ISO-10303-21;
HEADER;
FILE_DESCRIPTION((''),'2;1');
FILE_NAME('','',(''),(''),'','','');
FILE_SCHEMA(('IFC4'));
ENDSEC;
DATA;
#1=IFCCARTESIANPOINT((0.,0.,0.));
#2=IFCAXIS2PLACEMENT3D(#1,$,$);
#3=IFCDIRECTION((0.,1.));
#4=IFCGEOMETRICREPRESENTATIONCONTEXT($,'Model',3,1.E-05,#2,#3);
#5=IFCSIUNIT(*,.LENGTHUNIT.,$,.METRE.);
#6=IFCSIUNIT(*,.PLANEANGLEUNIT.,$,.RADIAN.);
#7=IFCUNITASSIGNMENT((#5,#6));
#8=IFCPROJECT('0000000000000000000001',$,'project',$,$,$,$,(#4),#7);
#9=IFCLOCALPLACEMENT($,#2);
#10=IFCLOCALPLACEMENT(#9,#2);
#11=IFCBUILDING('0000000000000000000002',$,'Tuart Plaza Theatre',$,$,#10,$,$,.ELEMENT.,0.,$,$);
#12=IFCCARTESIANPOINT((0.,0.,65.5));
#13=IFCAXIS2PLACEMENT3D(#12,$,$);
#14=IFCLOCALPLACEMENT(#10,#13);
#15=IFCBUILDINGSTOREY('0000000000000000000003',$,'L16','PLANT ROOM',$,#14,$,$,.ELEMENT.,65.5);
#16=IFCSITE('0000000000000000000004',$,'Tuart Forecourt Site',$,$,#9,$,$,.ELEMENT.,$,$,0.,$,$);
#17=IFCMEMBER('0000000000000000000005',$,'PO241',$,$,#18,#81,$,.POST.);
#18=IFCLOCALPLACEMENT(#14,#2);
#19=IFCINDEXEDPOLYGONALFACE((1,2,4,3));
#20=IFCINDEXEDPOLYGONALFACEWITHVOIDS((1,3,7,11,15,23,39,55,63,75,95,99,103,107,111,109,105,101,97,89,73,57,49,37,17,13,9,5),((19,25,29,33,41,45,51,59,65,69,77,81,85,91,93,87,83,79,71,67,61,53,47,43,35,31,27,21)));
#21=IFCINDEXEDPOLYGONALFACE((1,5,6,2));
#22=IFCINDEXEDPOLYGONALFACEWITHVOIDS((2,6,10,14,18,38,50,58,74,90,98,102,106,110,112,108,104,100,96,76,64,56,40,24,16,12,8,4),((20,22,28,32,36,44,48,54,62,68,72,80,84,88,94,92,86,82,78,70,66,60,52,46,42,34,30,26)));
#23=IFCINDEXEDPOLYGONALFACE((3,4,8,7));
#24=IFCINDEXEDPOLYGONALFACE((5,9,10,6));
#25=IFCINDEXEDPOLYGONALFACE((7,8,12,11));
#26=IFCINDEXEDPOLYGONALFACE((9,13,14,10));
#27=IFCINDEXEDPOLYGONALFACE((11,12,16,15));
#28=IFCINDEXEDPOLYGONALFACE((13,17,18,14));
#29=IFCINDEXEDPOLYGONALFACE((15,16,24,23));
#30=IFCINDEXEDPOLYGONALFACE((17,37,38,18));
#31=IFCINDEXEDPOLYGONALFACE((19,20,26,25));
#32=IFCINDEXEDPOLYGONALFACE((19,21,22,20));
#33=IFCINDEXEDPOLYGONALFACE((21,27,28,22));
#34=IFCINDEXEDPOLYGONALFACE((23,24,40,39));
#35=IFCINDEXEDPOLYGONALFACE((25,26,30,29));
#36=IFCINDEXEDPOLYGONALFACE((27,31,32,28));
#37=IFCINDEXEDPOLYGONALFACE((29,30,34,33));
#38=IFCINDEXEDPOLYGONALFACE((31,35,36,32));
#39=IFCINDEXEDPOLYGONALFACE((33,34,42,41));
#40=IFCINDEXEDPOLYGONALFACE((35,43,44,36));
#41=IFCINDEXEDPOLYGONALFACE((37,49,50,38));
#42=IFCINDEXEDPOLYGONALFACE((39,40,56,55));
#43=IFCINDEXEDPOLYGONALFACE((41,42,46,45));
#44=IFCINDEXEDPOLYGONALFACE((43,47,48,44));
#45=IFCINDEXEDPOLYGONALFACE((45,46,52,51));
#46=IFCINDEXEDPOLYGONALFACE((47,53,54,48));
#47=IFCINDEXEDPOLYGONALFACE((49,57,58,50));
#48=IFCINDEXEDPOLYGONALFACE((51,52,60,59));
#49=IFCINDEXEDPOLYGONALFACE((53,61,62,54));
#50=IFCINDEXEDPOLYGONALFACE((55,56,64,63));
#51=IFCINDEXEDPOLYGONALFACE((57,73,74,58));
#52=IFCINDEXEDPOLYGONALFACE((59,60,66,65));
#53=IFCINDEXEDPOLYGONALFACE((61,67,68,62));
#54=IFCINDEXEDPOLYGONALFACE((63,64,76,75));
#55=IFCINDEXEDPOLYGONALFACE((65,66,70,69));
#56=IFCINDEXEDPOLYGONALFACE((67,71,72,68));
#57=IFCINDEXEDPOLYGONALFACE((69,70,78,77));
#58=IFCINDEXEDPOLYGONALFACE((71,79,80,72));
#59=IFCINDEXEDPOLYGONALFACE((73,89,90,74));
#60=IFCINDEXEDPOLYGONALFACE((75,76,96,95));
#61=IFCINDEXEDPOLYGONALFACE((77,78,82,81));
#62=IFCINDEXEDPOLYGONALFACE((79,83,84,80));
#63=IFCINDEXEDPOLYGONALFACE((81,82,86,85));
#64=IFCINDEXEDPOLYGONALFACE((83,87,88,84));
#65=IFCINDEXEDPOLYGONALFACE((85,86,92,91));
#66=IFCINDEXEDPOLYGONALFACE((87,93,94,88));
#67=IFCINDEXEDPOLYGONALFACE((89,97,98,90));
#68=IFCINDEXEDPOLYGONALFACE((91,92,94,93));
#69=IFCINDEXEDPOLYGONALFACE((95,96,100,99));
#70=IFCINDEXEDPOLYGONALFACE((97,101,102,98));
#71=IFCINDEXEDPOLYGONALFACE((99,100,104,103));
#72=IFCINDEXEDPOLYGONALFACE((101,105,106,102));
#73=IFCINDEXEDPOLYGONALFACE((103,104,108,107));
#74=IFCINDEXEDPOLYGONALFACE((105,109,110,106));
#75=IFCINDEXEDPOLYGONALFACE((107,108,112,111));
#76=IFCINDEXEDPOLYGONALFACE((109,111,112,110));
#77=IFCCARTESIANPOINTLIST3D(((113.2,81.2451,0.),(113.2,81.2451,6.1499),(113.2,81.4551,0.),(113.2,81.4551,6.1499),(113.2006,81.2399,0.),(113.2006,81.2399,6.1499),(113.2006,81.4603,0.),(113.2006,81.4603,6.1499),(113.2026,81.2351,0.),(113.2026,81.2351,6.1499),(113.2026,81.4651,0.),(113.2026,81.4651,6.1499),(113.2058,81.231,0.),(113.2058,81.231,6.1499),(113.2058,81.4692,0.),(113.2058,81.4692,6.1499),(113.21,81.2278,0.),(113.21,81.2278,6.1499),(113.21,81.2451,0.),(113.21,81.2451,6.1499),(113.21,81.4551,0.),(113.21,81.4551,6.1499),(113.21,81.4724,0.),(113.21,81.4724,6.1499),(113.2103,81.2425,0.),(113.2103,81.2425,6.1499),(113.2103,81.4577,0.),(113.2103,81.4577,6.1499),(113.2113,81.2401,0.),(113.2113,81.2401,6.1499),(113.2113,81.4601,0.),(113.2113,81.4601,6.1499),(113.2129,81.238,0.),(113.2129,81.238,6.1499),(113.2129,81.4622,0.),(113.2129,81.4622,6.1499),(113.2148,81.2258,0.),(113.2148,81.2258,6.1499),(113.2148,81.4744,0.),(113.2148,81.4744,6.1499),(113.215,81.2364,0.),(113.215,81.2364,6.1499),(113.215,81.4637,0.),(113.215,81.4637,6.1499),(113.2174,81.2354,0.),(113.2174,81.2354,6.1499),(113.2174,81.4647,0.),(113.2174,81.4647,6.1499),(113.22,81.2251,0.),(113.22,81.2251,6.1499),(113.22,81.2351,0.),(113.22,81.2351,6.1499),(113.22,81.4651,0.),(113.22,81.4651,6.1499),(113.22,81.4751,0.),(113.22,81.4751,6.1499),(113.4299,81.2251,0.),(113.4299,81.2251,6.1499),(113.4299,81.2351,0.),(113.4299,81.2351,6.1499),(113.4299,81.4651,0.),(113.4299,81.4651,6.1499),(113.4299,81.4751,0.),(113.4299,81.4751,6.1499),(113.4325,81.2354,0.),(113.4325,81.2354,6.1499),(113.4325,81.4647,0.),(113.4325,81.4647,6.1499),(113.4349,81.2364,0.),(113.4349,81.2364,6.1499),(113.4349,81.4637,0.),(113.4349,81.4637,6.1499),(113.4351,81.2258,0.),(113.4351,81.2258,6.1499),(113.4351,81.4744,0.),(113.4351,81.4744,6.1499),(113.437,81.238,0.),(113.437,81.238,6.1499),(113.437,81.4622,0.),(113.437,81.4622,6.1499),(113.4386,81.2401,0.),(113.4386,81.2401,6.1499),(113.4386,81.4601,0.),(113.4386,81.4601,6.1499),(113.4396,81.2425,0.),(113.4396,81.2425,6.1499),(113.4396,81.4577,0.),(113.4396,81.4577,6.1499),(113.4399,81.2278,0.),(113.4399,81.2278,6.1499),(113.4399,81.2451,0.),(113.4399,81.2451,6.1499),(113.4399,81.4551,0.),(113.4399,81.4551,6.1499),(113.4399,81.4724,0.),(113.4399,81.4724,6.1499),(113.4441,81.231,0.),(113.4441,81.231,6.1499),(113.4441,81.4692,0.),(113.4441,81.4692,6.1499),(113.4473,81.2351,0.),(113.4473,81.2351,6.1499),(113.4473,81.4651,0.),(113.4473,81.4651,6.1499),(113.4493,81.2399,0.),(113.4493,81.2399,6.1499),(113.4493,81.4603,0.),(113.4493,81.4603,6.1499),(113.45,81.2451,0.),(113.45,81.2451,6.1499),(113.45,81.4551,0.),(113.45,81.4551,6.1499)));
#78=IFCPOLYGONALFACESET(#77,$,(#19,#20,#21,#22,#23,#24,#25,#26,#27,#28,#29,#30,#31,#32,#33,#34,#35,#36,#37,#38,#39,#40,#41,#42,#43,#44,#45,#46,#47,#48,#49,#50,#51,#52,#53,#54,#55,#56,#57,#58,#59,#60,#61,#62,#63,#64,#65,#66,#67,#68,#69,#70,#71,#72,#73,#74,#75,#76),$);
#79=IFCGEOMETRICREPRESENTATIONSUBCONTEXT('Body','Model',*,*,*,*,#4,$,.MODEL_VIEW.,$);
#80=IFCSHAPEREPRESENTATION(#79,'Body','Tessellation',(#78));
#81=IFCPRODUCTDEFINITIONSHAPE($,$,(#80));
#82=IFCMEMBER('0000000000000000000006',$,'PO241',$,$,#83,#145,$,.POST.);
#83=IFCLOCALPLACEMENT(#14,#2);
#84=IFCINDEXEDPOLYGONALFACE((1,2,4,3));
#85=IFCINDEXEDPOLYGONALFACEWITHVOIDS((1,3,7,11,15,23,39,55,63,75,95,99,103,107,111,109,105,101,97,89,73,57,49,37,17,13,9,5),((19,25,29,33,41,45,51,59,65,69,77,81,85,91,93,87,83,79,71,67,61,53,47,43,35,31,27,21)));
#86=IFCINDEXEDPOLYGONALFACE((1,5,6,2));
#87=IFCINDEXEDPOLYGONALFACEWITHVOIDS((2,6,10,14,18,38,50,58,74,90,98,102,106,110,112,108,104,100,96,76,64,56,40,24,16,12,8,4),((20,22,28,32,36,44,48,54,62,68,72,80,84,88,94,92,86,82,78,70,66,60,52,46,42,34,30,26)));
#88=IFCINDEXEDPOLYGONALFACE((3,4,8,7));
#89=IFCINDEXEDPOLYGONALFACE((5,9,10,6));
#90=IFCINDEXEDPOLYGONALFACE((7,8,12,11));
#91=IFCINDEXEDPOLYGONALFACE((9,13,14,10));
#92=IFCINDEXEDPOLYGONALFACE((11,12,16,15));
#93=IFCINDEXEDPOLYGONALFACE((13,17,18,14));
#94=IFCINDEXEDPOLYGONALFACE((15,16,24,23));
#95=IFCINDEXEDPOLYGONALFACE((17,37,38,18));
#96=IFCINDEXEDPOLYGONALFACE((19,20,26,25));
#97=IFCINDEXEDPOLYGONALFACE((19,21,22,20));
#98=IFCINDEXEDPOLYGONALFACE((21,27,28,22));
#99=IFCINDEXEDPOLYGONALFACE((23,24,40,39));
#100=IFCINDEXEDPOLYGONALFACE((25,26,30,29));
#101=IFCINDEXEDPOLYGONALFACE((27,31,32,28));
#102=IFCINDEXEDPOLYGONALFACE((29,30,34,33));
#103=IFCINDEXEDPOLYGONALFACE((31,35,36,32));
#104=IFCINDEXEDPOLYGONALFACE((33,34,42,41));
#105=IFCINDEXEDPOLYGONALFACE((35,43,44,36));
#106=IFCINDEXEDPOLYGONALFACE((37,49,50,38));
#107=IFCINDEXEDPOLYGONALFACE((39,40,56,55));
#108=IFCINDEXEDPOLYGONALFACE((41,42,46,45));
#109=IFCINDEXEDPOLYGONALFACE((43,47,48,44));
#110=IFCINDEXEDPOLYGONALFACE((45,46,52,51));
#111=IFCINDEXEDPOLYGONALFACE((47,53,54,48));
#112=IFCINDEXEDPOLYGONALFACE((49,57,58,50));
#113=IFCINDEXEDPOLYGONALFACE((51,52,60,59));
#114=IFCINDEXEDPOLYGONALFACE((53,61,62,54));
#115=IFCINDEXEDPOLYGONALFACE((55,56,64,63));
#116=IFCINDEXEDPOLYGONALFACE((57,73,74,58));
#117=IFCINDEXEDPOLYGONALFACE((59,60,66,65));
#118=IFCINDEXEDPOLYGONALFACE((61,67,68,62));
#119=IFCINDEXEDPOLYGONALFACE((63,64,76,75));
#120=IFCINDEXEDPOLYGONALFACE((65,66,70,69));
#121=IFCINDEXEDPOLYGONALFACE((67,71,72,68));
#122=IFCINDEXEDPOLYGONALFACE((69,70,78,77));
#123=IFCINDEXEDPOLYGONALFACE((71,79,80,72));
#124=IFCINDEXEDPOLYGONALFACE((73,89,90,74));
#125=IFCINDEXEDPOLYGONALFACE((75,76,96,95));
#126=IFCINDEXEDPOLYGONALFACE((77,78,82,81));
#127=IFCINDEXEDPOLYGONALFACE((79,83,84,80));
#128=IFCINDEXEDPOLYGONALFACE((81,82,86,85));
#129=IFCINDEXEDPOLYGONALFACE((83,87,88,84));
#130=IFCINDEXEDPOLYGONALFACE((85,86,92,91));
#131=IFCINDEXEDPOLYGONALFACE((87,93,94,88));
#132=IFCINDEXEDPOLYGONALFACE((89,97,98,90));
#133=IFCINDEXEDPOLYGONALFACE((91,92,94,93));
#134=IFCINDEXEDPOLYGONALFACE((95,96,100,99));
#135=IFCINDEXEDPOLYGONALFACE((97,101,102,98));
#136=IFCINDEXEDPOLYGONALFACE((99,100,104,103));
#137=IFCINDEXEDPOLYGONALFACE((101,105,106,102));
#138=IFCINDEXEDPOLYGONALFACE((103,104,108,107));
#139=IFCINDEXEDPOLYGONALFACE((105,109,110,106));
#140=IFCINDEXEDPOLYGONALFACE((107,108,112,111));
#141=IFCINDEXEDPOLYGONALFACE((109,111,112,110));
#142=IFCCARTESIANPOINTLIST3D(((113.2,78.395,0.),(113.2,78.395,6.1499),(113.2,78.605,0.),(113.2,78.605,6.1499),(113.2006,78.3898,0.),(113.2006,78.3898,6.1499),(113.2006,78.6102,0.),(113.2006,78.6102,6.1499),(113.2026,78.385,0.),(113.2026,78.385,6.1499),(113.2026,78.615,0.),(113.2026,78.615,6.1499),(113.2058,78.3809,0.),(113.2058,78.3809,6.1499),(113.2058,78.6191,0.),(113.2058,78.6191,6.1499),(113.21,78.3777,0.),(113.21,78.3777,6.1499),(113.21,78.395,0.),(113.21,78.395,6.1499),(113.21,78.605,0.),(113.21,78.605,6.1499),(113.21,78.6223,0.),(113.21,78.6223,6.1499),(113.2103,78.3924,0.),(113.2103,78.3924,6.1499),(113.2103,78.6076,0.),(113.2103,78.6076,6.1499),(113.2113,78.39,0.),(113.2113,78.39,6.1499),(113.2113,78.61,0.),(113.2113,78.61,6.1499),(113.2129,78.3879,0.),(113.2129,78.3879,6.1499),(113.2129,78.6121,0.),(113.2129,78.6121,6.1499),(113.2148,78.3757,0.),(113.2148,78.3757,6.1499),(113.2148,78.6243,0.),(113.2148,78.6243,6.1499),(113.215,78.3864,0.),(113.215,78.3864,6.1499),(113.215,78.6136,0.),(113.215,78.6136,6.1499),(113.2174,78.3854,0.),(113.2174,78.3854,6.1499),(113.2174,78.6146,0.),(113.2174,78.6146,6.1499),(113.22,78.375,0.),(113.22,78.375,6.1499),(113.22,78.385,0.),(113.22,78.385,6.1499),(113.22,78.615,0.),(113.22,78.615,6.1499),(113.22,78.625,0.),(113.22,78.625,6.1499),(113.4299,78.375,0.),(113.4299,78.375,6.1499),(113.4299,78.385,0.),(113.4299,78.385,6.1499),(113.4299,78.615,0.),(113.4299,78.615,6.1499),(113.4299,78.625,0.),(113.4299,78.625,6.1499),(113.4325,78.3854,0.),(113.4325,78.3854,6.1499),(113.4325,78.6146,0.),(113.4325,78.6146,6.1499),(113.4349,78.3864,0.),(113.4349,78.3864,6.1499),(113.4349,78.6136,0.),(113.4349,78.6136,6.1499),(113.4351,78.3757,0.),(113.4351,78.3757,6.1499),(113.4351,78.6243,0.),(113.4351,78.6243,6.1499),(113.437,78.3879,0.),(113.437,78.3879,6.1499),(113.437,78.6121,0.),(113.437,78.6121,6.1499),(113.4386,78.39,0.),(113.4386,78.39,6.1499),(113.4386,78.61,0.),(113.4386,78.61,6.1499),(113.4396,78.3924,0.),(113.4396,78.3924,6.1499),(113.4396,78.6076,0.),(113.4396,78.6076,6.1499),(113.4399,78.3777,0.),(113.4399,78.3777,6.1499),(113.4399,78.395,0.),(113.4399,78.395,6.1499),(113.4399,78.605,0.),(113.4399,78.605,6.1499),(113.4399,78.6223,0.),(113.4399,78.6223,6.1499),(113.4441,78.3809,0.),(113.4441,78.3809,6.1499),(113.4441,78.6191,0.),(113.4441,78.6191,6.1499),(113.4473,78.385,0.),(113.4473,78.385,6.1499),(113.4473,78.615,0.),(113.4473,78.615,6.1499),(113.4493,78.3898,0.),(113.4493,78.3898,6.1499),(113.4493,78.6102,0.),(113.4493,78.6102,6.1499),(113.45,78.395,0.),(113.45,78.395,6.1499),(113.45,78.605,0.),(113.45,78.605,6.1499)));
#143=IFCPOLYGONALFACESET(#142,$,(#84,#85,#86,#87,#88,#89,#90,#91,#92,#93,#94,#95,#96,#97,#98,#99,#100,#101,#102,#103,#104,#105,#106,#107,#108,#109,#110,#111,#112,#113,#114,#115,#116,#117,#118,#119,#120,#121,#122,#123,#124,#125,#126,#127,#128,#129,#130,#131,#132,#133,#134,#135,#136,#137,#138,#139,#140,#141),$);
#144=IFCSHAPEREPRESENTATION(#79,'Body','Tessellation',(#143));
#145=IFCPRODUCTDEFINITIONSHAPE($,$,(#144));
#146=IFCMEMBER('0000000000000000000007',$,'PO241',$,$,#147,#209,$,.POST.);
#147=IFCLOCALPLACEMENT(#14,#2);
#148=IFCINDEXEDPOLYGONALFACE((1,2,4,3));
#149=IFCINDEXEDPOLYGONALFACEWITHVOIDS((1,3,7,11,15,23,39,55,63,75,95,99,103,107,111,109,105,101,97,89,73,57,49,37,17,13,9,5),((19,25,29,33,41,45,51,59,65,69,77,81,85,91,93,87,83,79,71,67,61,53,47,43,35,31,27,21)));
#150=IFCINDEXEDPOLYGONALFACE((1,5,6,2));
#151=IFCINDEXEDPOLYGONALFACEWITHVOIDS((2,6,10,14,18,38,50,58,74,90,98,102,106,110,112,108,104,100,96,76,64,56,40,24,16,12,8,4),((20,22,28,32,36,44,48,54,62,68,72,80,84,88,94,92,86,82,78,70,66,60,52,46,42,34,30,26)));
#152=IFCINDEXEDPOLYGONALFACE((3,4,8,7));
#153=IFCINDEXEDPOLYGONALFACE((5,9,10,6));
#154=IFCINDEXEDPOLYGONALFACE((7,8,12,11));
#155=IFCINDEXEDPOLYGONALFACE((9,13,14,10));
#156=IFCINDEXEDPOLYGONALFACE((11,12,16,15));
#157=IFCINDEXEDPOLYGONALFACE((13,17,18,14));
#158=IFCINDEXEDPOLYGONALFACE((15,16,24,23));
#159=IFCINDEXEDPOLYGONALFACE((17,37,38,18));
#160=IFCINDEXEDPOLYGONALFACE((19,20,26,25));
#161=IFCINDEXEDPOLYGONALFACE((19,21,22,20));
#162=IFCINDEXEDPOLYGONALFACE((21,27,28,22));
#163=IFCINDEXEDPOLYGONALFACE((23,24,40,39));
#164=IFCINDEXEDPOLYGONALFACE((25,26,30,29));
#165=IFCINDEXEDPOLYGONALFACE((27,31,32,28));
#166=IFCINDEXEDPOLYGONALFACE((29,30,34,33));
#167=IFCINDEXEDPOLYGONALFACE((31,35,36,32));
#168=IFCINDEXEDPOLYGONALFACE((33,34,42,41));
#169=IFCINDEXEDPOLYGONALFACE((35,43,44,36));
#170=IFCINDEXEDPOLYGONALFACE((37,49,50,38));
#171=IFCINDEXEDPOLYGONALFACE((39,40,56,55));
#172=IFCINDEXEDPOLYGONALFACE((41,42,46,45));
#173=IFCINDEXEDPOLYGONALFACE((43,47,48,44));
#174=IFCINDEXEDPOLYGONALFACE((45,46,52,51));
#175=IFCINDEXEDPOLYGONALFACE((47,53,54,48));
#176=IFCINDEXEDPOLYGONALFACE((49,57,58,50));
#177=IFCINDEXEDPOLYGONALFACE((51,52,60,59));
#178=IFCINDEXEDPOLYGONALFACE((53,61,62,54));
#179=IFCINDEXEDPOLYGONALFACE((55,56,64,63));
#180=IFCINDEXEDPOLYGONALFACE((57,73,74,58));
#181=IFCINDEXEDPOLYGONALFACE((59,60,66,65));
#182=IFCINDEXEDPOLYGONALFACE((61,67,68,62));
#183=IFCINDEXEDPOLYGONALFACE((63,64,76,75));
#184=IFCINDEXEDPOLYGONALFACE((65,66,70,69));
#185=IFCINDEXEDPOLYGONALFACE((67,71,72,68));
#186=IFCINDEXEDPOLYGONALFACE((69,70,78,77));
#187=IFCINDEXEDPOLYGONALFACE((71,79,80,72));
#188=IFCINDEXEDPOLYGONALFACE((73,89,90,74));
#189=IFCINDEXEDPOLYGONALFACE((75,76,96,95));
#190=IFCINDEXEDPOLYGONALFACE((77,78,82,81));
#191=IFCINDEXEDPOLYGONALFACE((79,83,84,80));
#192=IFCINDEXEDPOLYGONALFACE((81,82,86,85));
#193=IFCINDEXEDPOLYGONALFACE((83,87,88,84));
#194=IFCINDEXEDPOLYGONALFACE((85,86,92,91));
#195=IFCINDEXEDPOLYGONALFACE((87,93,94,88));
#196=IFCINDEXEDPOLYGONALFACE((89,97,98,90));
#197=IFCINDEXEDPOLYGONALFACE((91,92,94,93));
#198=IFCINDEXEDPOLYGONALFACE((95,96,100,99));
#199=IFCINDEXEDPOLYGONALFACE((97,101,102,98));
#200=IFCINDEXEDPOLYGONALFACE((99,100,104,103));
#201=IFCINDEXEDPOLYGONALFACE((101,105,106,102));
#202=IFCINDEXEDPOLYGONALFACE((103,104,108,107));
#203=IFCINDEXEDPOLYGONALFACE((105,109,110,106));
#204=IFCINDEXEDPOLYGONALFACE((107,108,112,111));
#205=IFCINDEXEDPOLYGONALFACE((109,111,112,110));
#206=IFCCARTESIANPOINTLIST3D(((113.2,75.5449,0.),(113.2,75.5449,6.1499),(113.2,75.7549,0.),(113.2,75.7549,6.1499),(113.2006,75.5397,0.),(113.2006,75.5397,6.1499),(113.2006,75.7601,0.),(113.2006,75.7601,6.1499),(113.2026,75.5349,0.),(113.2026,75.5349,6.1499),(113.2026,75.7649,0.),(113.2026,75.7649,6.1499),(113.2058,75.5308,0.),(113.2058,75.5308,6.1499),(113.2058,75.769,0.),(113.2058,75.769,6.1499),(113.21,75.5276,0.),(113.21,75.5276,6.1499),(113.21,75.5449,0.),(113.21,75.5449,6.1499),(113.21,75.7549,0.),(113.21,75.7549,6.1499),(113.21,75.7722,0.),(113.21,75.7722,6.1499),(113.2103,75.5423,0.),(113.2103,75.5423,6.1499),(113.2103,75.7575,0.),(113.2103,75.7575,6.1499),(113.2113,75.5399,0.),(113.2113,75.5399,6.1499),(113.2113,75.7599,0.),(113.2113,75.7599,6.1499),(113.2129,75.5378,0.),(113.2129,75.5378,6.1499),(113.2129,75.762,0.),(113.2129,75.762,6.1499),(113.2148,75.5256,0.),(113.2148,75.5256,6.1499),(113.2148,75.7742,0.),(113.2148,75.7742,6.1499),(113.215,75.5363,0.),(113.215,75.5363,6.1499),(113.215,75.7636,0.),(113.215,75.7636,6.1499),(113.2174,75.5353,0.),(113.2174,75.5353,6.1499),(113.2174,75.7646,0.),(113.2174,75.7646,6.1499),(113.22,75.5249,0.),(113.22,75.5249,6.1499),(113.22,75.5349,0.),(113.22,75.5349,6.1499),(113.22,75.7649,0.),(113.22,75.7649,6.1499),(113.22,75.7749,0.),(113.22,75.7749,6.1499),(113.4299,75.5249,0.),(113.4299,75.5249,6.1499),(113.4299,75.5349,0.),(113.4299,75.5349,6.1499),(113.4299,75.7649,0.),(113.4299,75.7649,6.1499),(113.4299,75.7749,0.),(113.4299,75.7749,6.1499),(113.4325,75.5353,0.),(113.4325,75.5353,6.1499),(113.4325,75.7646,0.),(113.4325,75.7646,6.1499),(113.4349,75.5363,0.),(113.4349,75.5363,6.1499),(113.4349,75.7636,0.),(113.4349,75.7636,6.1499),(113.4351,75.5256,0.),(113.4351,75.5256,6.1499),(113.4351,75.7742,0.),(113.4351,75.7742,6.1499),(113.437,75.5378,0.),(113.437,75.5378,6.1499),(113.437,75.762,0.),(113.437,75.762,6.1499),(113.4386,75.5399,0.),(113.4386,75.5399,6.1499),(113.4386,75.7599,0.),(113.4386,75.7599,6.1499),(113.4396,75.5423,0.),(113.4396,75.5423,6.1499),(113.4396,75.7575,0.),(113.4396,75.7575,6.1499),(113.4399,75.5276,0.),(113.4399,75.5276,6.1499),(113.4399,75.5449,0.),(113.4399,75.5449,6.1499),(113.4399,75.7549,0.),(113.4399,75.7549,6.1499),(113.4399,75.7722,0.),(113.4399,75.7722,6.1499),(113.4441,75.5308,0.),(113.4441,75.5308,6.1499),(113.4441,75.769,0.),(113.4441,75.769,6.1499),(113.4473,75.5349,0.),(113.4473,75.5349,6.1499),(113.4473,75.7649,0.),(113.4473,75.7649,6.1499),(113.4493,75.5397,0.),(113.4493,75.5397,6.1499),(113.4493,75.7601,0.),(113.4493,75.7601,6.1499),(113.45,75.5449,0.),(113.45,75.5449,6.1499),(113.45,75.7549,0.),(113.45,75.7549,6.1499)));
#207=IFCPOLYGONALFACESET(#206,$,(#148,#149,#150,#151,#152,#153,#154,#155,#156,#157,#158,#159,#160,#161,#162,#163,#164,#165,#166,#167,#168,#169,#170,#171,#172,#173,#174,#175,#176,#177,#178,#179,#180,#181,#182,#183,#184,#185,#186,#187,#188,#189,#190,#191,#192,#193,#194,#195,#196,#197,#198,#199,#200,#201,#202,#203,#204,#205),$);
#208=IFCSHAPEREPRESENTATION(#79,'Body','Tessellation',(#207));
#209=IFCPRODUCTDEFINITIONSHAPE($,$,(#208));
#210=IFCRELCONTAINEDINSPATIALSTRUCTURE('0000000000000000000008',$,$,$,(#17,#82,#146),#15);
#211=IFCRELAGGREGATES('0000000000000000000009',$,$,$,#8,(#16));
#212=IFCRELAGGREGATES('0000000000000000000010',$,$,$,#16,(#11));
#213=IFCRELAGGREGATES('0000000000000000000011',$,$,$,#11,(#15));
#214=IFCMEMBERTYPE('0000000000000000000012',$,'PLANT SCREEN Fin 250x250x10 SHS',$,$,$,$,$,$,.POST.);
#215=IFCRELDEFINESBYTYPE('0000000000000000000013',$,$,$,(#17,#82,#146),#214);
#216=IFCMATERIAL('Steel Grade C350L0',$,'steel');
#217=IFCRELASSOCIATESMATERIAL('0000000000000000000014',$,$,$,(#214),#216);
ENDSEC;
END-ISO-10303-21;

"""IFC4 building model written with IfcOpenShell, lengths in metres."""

from ifc_helpers import new_model, si_unit, direction, frame, origin, origin_2d, place, context, subcontext, project, spatial, hollow_rectangle, extrude, material, material_profile, profile_set, type_object, element, save


model = new_model("IFC4")

# Units and contexts
model_context = context("Model", 3, precision=1e-05, world=origin(), true_north=direction((0.0, 1.0)))
body_context = subcontext(model_context, "Body", "Model", "MODEL_VIEW")
ifc_project = project(units=[si_unit("LENGTHUNIT", "METRE"), si_unit("PLANEANGLEUNIT", "RADIAN")], contexts=[model_context])

# Site, building, storey
site_placement = place(None, origin())
site = spatial("IfcSite", under=ifc_project, at=site_placement, Name="Tuart Forecourt Site", CompositionType="ELEMENT", RefElevation=0.0)
building_placement = place(site_placement, origin())
building = spatial("IfcBuilding", under=site, at=building_placement, Name="Tuart Plaza Theatre", CompositionType="ELEMENT", ElevationOfRefHeight=0.0)
storey_placement = place(building_placement, frame((0.0, 0.0, 65.5)))
storey = spatial("IfcBuildingStorey", under=building, at=storey_placement, Name="L16", Description="PLANT ROOM", CompositionType="ELEMENT", Elevation=65.5)

# Members
ifc_material_1 = material(Name="Steel Grade C350L0", Category="steel")
ifc_material_profile = material_profile(ifc_material_1, hollow_rectangle(XDim=0.25, YDim=0.25, WallThickness=0.01, InnerFilletRadius=0.01, OuterFilletRadius=0.02, at=origin_2d()), Name="250x250x10 SHS")
ifc_profile_set = profile_set([ifc_material_profile], Name="Steel Grade C350L0")
member_type = type_object("IfcMemberType", Name="PLANT SCREEN Fin 250x250x10 SHS", PredefinedType="POST", material=ifc_profile_set)
for number, where, z_axis, x_axis, name in (
    (1, (113.325, 81.3501, 0.0), (0.0, 0.0, 1.0), (1.0, 0.0, 0.0), "PO241"),
    (2, (113.325, 78.5, 0.0), (0.0, 0.0, 1.0), (1.0, 0.0, 0.0), "PO241"),
    (3, (113.325, 75.6499, 0.0), (0.0, 0.0, 1.0), (1.0, 0.0, 0.0), "PO241"),
):
    element("IfcMember", number, at=place(storey_placement, frame(where, z_axis=z_axis, x_axis=x_axis)), inside=storey, type_object=member_type, Name=name, PredefinedType="POST", context=body_context, shape_type="SweptSolid", body=[
        extrude(hollow_rectangle(XDim=0.25, YDim=0.25, WallThickness=0.01, InnerFilletRadius=0.01, OuterFilletRadius=0.02, at=origin_2d()), origin(), (0.0, 0.0, 1.0), 6.1499),
    ])

save(model, "model.ifc")
